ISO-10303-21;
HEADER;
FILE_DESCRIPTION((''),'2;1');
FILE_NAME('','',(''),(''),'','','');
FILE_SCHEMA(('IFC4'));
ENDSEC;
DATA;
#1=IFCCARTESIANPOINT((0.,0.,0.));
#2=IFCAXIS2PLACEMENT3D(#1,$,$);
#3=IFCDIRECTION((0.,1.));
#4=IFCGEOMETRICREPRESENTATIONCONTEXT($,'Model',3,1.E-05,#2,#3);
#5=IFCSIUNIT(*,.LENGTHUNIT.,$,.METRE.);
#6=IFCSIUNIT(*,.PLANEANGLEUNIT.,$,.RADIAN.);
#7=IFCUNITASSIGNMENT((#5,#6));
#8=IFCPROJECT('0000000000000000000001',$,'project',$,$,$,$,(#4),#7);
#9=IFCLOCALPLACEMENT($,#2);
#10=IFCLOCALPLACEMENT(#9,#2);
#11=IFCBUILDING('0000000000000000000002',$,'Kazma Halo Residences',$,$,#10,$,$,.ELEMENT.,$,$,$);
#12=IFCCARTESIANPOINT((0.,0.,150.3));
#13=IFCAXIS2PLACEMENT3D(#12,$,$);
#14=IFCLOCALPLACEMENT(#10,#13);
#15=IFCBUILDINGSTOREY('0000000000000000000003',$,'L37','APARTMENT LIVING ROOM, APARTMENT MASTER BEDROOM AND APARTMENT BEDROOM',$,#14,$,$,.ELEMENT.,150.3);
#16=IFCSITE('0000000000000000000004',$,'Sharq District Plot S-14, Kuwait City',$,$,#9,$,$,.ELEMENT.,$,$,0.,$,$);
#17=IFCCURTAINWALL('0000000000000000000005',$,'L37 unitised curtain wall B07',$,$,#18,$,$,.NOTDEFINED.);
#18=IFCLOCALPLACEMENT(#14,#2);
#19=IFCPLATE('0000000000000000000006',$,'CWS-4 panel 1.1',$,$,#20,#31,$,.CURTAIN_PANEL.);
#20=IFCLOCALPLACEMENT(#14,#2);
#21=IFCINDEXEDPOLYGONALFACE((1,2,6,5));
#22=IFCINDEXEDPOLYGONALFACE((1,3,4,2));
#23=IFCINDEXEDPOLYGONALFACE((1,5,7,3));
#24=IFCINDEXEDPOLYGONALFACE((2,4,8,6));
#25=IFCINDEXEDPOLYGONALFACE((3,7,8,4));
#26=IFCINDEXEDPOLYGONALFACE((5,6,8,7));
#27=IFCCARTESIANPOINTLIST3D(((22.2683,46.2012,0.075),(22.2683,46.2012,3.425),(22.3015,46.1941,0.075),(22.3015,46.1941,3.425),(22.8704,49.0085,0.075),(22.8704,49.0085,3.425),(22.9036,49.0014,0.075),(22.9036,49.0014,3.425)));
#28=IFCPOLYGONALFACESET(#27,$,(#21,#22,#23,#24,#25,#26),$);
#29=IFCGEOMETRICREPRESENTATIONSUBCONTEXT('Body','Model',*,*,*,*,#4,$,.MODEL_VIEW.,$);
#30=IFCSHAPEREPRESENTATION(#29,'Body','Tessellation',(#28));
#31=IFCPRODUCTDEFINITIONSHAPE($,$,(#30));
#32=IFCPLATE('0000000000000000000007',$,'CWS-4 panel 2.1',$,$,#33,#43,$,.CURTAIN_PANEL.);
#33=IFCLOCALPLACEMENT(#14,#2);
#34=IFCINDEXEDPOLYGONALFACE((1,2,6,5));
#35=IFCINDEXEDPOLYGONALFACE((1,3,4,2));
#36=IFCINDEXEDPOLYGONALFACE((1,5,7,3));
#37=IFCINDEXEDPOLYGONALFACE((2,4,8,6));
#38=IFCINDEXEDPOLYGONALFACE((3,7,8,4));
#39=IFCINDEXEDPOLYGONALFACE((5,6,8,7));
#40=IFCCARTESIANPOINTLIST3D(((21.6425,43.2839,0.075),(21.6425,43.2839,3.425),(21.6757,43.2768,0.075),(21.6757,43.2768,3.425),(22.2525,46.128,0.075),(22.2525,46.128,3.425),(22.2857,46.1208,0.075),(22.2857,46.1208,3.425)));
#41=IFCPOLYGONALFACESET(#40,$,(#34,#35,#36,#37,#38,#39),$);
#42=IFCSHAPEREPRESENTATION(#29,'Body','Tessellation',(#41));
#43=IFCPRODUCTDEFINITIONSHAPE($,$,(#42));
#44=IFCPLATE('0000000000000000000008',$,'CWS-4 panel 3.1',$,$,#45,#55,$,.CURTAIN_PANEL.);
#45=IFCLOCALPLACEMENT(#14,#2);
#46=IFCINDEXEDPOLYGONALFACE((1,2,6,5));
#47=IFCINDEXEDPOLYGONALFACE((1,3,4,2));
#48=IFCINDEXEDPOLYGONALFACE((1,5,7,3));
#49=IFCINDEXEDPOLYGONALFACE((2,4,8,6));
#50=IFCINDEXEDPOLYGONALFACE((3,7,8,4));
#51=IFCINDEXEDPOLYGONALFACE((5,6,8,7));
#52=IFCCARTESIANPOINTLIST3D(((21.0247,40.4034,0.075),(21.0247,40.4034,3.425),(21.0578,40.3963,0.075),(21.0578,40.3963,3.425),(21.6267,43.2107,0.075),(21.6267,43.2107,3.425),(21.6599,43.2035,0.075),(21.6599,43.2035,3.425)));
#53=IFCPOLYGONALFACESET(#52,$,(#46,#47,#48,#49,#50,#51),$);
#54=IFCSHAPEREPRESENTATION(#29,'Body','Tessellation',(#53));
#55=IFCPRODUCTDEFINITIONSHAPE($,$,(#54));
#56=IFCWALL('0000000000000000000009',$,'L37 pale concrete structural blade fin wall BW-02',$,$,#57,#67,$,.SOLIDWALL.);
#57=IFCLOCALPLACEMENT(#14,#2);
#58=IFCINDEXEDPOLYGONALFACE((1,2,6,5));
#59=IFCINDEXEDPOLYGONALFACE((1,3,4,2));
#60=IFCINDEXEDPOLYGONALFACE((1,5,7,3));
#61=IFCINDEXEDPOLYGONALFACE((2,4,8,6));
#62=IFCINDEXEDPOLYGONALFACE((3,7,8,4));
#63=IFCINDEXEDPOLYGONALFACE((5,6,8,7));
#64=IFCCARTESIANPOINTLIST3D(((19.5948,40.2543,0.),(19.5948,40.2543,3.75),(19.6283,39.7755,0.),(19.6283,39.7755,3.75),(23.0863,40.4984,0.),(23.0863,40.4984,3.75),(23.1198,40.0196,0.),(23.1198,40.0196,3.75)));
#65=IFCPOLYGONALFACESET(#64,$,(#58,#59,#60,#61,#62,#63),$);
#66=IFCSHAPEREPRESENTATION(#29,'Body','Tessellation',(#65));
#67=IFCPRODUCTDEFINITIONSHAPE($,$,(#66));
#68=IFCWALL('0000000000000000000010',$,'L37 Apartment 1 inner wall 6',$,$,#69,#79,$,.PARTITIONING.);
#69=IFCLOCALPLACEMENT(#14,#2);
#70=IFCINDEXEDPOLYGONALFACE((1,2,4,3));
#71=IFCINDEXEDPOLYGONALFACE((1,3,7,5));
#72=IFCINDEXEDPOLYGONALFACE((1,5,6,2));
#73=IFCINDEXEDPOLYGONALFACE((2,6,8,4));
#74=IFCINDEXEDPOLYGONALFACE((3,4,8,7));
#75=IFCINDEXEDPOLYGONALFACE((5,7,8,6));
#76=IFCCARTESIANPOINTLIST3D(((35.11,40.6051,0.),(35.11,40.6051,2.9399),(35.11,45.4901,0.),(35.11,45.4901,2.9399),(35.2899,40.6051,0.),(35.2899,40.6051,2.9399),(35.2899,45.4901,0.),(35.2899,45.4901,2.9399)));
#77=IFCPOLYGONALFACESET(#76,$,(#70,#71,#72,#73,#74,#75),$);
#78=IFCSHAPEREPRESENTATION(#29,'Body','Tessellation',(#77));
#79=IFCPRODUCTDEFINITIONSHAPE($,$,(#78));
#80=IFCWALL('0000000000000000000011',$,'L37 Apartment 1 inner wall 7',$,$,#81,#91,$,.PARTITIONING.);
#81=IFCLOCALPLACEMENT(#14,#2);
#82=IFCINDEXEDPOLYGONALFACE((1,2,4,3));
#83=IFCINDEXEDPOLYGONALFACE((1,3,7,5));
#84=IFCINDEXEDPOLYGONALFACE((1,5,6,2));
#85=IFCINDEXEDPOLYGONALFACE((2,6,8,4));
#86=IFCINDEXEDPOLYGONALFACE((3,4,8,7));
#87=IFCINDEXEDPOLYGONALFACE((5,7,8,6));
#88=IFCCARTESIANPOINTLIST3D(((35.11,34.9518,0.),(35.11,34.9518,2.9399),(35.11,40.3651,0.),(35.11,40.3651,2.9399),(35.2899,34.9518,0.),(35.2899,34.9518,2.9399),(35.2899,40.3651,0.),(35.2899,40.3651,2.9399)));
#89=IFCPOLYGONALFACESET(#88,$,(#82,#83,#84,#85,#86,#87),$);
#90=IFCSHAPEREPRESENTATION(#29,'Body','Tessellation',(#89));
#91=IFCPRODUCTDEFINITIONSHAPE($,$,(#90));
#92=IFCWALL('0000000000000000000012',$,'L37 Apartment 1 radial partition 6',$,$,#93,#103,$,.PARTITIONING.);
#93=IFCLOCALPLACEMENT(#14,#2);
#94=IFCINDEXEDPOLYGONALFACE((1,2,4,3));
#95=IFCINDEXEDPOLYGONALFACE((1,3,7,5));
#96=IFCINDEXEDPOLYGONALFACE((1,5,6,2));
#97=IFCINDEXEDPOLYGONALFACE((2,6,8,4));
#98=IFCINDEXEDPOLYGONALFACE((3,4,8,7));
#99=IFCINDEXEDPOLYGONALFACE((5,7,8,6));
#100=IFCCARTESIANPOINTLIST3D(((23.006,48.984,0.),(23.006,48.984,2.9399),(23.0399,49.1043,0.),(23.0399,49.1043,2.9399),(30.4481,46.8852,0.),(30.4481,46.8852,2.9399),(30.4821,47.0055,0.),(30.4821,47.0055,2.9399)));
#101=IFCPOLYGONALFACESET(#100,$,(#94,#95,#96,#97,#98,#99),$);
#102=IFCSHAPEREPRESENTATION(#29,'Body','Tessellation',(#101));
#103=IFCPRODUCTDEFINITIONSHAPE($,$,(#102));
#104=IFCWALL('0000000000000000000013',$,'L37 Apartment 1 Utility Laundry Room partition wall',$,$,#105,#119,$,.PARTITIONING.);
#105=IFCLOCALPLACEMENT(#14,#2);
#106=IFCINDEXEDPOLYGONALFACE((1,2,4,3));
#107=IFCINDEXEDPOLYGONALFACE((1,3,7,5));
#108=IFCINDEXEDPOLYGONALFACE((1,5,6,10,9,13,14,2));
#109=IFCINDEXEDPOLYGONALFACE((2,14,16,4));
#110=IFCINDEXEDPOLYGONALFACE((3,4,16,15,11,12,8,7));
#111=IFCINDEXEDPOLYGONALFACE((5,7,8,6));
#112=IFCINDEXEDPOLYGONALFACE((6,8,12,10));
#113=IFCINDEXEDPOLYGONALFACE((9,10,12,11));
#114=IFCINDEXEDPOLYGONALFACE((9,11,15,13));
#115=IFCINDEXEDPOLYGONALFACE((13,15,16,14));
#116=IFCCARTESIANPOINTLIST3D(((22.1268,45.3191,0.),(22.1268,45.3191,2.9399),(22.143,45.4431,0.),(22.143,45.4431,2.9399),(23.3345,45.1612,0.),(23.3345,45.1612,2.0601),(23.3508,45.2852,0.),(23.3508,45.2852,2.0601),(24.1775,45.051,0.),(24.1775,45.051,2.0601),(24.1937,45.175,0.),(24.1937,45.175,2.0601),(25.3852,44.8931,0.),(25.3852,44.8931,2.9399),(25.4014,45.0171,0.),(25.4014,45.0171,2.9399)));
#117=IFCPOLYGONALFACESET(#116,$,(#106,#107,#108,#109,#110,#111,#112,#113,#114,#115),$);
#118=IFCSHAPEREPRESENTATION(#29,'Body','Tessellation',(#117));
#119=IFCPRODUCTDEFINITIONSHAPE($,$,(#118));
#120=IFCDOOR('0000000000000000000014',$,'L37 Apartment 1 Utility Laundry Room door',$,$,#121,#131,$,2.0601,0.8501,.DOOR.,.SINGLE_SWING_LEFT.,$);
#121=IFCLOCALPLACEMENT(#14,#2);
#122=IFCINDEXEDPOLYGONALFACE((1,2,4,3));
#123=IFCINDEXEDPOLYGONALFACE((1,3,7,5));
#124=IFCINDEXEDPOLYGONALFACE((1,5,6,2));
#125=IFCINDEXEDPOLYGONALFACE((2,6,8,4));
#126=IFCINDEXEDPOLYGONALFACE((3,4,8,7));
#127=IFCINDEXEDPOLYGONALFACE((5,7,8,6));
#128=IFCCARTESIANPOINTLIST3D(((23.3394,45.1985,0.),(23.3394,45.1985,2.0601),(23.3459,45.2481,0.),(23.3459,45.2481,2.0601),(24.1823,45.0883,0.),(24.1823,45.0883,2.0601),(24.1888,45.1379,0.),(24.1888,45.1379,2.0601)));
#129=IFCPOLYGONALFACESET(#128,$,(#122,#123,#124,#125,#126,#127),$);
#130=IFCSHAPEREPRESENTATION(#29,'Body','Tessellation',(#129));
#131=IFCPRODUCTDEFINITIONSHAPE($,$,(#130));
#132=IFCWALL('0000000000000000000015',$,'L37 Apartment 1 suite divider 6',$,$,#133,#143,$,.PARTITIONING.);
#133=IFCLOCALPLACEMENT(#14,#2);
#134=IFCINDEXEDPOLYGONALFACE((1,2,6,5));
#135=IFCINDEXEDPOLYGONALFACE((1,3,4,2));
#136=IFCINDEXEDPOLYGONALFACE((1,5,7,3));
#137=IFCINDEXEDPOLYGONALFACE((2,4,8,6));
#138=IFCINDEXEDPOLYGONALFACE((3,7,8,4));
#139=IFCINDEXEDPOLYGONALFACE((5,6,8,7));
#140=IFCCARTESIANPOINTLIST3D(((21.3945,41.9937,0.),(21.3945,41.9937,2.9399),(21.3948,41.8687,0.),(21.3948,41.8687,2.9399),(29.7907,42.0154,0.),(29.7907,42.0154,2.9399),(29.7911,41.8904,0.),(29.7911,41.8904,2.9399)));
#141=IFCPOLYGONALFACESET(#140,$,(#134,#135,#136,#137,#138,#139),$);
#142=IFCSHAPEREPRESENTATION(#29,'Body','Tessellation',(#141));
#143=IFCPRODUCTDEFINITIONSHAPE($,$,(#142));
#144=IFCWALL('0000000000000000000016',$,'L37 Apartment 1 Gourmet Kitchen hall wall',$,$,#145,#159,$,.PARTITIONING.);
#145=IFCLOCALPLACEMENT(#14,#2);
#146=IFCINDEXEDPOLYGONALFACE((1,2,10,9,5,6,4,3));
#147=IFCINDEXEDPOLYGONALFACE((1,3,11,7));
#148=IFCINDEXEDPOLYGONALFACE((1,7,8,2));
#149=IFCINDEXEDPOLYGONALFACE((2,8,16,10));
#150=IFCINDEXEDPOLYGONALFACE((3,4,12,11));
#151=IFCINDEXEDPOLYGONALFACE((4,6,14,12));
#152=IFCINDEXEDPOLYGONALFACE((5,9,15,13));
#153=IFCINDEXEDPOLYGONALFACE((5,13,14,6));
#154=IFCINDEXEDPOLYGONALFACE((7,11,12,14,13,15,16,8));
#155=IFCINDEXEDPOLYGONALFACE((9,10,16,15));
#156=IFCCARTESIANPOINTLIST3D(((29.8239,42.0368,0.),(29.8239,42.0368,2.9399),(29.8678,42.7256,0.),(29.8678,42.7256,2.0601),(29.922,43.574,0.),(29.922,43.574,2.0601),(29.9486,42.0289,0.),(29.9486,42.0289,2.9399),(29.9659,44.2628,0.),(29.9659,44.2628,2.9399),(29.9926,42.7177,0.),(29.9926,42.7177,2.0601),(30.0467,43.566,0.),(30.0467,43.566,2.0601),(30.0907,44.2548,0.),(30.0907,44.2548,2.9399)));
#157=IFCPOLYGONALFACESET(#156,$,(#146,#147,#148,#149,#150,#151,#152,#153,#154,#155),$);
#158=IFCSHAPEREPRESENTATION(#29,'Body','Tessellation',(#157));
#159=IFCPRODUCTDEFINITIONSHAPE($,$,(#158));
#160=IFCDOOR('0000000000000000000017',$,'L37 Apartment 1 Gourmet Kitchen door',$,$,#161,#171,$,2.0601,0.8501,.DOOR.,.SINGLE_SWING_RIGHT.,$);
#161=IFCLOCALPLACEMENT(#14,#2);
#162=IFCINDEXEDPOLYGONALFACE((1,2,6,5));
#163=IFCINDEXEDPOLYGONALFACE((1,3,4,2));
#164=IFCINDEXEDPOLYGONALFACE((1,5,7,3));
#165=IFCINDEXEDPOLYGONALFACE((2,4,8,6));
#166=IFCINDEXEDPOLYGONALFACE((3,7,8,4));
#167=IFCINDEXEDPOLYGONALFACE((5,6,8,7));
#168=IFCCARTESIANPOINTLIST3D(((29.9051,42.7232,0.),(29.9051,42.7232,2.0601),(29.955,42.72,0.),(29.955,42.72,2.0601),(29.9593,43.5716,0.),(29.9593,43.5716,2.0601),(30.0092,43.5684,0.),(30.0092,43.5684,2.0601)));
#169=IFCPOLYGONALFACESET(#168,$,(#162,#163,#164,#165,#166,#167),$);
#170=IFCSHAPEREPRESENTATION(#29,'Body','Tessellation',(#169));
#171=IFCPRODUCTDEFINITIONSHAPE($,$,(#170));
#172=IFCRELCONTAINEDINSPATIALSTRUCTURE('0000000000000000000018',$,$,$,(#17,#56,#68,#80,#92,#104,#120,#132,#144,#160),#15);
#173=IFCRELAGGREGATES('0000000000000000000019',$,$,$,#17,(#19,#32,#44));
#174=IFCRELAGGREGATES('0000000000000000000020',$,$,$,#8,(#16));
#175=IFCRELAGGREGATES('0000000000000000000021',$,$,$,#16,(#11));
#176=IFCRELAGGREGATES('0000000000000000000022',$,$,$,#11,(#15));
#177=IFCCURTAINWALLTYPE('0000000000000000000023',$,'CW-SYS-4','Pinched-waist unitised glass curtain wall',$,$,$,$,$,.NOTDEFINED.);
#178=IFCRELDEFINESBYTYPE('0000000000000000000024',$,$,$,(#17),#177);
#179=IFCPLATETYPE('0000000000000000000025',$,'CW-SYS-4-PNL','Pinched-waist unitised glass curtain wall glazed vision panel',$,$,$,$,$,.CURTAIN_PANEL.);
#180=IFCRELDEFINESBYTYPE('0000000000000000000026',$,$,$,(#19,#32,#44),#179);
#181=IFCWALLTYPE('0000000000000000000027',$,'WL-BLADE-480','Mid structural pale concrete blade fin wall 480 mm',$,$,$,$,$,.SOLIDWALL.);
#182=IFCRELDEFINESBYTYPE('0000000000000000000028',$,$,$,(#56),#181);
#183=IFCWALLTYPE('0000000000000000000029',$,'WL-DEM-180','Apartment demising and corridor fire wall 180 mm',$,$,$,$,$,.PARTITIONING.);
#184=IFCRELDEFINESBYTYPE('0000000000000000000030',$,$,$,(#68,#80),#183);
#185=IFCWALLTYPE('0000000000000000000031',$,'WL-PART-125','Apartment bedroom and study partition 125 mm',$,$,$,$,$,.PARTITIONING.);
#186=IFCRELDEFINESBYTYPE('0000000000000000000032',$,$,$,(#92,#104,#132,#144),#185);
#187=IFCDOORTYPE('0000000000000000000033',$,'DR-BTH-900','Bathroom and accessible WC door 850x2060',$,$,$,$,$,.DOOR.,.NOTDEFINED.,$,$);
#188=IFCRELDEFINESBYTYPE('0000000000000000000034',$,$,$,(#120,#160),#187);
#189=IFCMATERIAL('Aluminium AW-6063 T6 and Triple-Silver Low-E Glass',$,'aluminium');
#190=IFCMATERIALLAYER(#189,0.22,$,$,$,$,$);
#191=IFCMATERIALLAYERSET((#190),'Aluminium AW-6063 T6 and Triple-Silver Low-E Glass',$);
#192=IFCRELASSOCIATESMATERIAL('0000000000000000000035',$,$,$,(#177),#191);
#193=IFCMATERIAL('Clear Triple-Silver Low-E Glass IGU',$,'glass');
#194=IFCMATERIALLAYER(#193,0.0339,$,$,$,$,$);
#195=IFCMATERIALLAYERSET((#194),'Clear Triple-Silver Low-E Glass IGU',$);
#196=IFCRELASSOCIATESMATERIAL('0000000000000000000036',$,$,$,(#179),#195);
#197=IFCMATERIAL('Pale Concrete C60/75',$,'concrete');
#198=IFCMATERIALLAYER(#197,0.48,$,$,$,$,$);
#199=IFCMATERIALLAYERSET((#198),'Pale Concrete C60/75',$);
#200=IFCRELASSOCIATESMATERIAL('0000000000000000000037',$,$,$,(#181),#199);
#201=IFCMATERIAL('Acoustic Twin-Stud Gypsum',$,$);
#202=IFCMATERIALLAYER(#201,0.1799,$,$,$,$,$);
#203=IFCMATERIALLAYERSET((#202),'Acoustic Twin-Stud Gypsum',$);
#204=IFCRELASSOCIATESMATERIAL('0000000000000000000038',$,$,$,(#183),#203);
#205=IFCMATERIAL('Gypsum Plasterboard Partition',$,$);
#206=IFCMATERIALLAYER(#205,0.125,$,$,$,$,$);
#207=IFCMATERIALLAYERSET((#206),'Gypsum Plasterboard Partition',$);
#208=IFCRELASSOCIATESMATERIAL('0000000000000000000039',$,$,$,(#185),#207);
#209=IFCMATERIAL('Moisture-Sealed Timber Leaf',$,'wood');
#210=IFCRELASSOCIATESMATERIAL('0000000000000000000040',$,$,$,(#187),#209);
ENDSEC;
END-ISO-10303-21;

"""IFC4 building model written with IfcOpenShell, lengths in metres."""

from ifc_helpers import new_model, si_unit, direction, frame, frame_2d, origin, origin_2d, place, context, subcontext, project, spatial, rectangle, extrude, material, layer, layer_set, type_object, element, fill, aggregate, save


model = new_model("IFC4")

# Units and contexts
model_context = context("Model", 3, precision=1e-05, world=origin(), true_north=direction((0.0, 1.0)))
body_context = subcontext(model_context, "Body", "Model", "MODEL_VIEW")
ifc_project = project(units=[si_unit("LENGTHUNIT", "METRE"), si_unit("PLANEANGLEUNIT", "RADIAN")], contexts=[model_context])

# Site, building, storey
site_placement = place(None, origin())
site = spatial("IfcSite", under=ifc_project, at=site_placement, Name="Sharq District Plot S-14, Kuwait City", CompositionType="ELEMENT", RefElevation=0.0)
building_placement = place(site_placement, origin())
building = spatial("IfcBuilding", under=site, at=building_placement, Name="Kazma Halo Residences", CompositionType="ELEMENT")
storey_placement = place(building_placement, frame((0.0, 0.0, 150.3)))
storey = spatial("IfcBuildingStorey", under=building, at=storey_placement, Name="L37", Description="APARTMENT LIVING ROOM, APARTMENT MASTER BEDROOM AND APARTMENT BEDROOM", CompositionType="ELEMENT", Elevation=150.3)

# Curtain wall, plates
ifc_material_1 = material(Name="Aluminium AW-6063 T6 and Triple-Silver Low-E Glass", Category="aluminium")
ifc_layer_1 = layer(ifc_material_1, 0.22)
ifc_layer_set_1 = layer_set([ifc_layer_1], Name="Aluminium AW-6063 T6 and Triple-Silver Low-E Glass")
curtain_wall_type = type_object("IfcCurtainWallType", Name="CW-SYS-4", Description="Pinched-waist unitised glass curtain wall", PredefinedType="NOTDEFINED", material=ifc_layer_set_1)
curtain_wall_placement = place(storey_placement, origin())
curtain_wall = element("IfcCurtainWall", 1, at=curtain_wall_placement, inside=storey, type_object=curtain_wall_type, Name="L37 unitised curtain wall B07", PredefinedType="NOTDEFINED")
ifc_material_2 = material(Name="Clear Triple-Silver Low-E Glass IGU", Category="glass")
ifc_layer_2 = layer(ifc_material_2, 0.0339)
ifc_layer_set_2 = layer_set([ifc_layer_2], Name="Clear Triple-Silver Low-E Glass IGU")
plate_type = type_object("IfcPlateType", Name="CW-SYS-4-PNL", Description="Pinched-waist unitised glass curtain wall glazed vision panel", PredefinedType="CURTAIN_PANEL", material=ifc_layer_set_2)
plate_1_placement = place(storey_placement, frame((22.5859, 47.6013, 0.075), z_axis=(0.0, 0.0, 1.0), x_axis=(-0.209704, -0.977765, 0.0)))
plate_1 = element("IfcPlate", 2, at=plate_1_placement, type_object=plate_type, Name="CWS-4 panel 1.1", PredefinedType="CURTAIN_PANEL", context=body_context, shape_type="SweptSolid", body=[
    extrude(rectangle(XDim=2.8711, YDim=0.0339, at=origin_2d()), origin(), (0.0, 0.0, 1.0), 3.3501),
])
plate_2_placement = place(storey_placement, frame((21.9641, 44.7024, 0.075), z_axis=(0.0, 0.0, 1.0), x_axis=(-0.209704, -0.977765, 0.0)))
plate_2 = element("IfcPlate", 3, at=plate_2_placement, type_object=plate_type, Name="CWS-4 panel 2.1", PredefinedType="CURTAIN_PANEL", context=body_context, shape_type="SweptSolid", body=[
    extrude(rectangle(XDim=2.9087, YDim=0.0339, at=origin_2d()), origin(), (0.0, 0.0, 1.0), 3.3501),
])
plate_3_placement = place(storey_placement, frame((21.3423, 41.8035, 0.075), z_axis=(0.0, 0.0, 1.0), x_axis=(-0.209704, -0.977765, 0.0)))
plate_3 = element("IfcPlate", 4, at=plate_3_placement, type_object=plate_type, Name="CWS-4 panel 3.1", PredefinedType="CURTAIN_PANEL", context=body_context, shape_type="SweptSolid", body=[
    extrude(rectangle(XDim=2.8711, YDim=0.0339, at=origin_2d()), origin(), (0.0, 0.0, 1.0), 3.3501),
])
aggregate(curtain_wall, [plate_1, plate_2, plate_3])

# Walls
ifc_material_3 = material(Name="Pale Concrete C60/75", Category="concrete")
ifc_layer_3 = layer(ifc_material_3, 0.48)
ifc_layer_set_3 = layer_set([ifc_layer_3], Name="Pale Concrete C60/75")
wall_type_1 = type_object("IfcWallType", Name="WL-BLADE-480", Description="Mid structural pale concrete blade fin wall 480 mm", PredefinedType="SOLIDWALL", material=ifc_layer_set_3)
wall_1_placement = place(storey_placement, frame((23.103, 40.259, 0.0), z_axis=(0.0, 0.0, 1.0), x_axis=(-0.997564, -0.069755, 0.0)))
element("IfcWall", 5, at=wall_1_placement, inside=storey, type_object=wall_type_1, Name="L37 pale concrete structural blade fin wall BW-02", PredefinedType="SOLIDWALL", context=body_context, shape_type="SweptSolid", body=[
    extrude(rectangle(XDim=3.5, YDim=0.48, at=frame_2d((1.75, 0.0))), origin(), (0.0, 0.0, 1.0), 3.75),
])
ifc_material_4 = material(Name="Acoustic Twin-Stud Gypsum")
ifc_layer_4 = layer(ifc_material_4, 0.1799)
ifc_layer_set_4 = layer_set([ifc_layer_4], Name="Acoustic Twin-Stud Gypsum")
wall_type_2 = type_object("IfcWallType", Name="WL-DEM-180", Description="Apartment demising and corridor fire wall 180 mm", PredefinedType="PARTITIONING", material=ifc_layer_set_4)
wall_2_placement = place(storey_placement, frame((35.2, 45.49, 0.0), z_axis=(0.0, 0.0, 1.0), x_axis=(0.0, -1.0, 0.0)))
element("IfcWall", 6, at=wall_2_placement, inside=storey, type_object=wall_type_2, Name="L37 Apartment 1 inner wall 6", PredefinedType="PARTITIONING", context=body_context, shape_type="SweptSolid", body=[
    extrude(rectangle(XDim=4.885, YDim=0.1799, at=frame_2d((2.4424, 0.0))), origin(), (0.0, 0.0, 1.0), 2.9399),
])
wall_3_placement = place(storey_placement, frame((35.2, 40.365, 0.0), z_axis=(0.0, 0.0, 1.0), x_axis=(0.0, -1.0, 0.0)))
element("IfcWall", 7, at=wall_3_placement, inside=storey, type_object=wall_type_2, Name="L37 Apartment 1 inner wall 7", PredefinedType="PARTITIONING", context=body_context, shape_type="SweptSolid", body=[
    extrude(rectangle(XDim=5.4133, YDim=0.1799, at=frame_2d((2.7065, 0.0))), origin(), (0.0, 0.0, 1.0), 2.9399),
])
ifc_material_5 = material(Name="Gypsum Plasterboard Partition")
ifc_layer_5 = layer(ifc_material_5, 0.125)
ifc_layer_set_5 = layer_set([ifc_layer_5], Name="Gypsum Plasterboard Partition")
wall_type_3 = type_object("IfcWallType", Name="WL-PART-125", Description="Apartment bedroom and study partition 125 mm", PredefinedType="PARTITIONING", material=ifc_layer_set_5)
wall_4_placement = place(storey_placement, frame((30.4651, 46.9453, 0.0), z_axis=(0.0, 0.0, 1.0), x_axis=(-0.962456, 0.271438, 0.0)))
element("IfcWall", 8, at=wall_4_placement, inside=storey, type_object=wall_type_3, Name="L37 Apartment 1 radial partition 6", PredefinedType="PARTITIONING", context=body_context, shape_type="SweptSolid", body=[
    extrude(rectangle(XDim=7.7324, YDim=0.125, at=frame_2d((3.8662, 0.0))), origin(), (0.0, 0.0, 1.0), 2.9399),
])

# Wall, opening, door
wall_5_placement = place(storey_placement, frame((25.3933, 44.9551, 0.0), z_axis=(0.0, 0.0, 1.0), x_axis=(-0.99156, 0.129647, 0.0)))
wall_5 = element("IfcWall", 9, at=wall_5_placement, inside=storey, type_object=wall_type_3, Name="L37 Apartment 1 Utility Laundry Room partition wall", PredefinedType="PARTITIONING", context=body_context, shape_type="SweptSolid", body=[
    extrude(rectangle(XDim=3.2861, YDim=0.125, at=frame_2d((1.6431, 0.0))), origin(), (0.0, 0.0, 1.0), 2.9399),
])
opening_1_placement = place(wall_5_placement, frame((1.218, 0.0, 0.0)))
opening_1 = element("IfcOpeningElement", 10, at=opening_1_placement, cuts=wall_5, PredefinedType="OPENING", context=body_context, shape_type="SweptSolid", body=[
    extrude(rectangle(XDim=0.8501, YDim=2.0601, at=frame_2d((0.425, 1.03))), frame((0.0, 0.0725, 0.0), z_axis=(0.0, -1.0, 0.0), x_axis=(1.0, 0.0, 0.0)), (0.0, 0.0, 1.0), 0.145),
])
ifc_material_6 = material(Name="Moisture-Sealed Timber Leaf", Category="wood")
door_type = type_object("IfcDoorType", Name="DR-BTH-900", Description="Bathroom and accessible WC door 850x2060", OperationType="NOTDEFINED", PredefinedType="DOOR", material=ifc_material_6)
door_1_placement = place(opening_1_placement, origin())
door_1 = element("IfcDoor", 11, at=door_1_placement, inside=storey, type_object=door_type, Name="L37 Apartment 1 Utility Laundry Room door", OperationType="SINGLE_SWING_LEFT", OverallHeight=2.0601, OverallWidth=0.8501, PredefinedType="DOOR", context=body_context, shape_type="SweptSolid", body=[
    extrude(rectangle(XDim=0.8501, YDim=2.0601, at=frame_2d((0.425, 1.03))), frame((0.0, 0.0249, 0.0), z_axis=(0.0, -1.0, 0.0), x_axis=(1.0, 0.0, 0.0)), (0.0, 0.0, 1.0), 0.05),
])
fill(opening_1, door_1)

# Wall
wall_6_placement = place(storey_placement, frame((29.791, 41.9529, 0.0), z_axis=(0.0, 0.0, 1.0), x_axis=(-0.999997, -0.002588, 0.0)))
element("IfcWall", 12, at=wall_6_placement, inside=storey, type_object=wall_type_3, Name="L37 Apartment 1 suite divider 6", PredefinedType="PARTITIONING", context=body_context, shape_type="SweptSolid", body=[
    extrude(rectangle(XDim=8.3962, YDim=0.125, at=frame_2d((4.1982, 0.0))), origin(), (0.0, 0.0, 1.0), 2.9399),
])

# Wall, opening, door
wall_7_placement = place(storey_placement, frame((30.0283, 44.2588, 0.0), z_axis=(0.0, 0.0, 1.0), x_axis=(-0.063707, -0.997969, 0.0)))
wall_7 = element("IfcWall", 13, at=wall_7_placement, inside=storey, type_object=wall_type_3, Name="L37 Apartment 1 Gourmet Kitchen hall wall", PredefinedType="PARTITIONING", context=body_context, shape_type="SweptSolid", body=[
    extrude(rectangle(XDim=2.2305, YDim=0.125, at=frame_2d((1.1152, 0.0))), origin(), (0.0, 0.0, 1.0), 2.9399),
])
opening_2_placement = place(wall_7_placement, frame((0.6902, 0.0, 0.0)))
opening_2 = element("IfcOpeningElement", 14, at=opening_2_placement, cuts=wall_7, PredefinedType="OPENING", context=body_context, shape_type="SweptSolid", body=[
    extrude(rectangle(XDim=0.8501, YDim=2.0601, at=frame_2d((0.425, 1.03))), frame((0.0, 0.0725, 0.0), z_axis=(0.0, -1.0, 0.0), x_axis=(1.0, 0.0, 0.0)), (0.0, 0.0, 1.0), 0.145),
])
door_2_placement = place(opening_2_placement, origin())
door_2 = element("IfcDoor", 15, at=door_2_placement, inside=storey, type_object=door_type, Name="L37 Apartment 1 Gourmet Kitchen door", OperationType="SINGLE_SWING_RIGHT", OverallHeight=2.0601, OverallWidth=0.8501, PredefinedType="DOOR", context=body_context, shape_type="SweptSolid", body=[
    extrude(rectangle(XDim=0.8501, YDim=2.0601, at=frame_2d((0.425, 1.03))), frame((0.0, 0.0249, 0.0), z_axis=(0.0, -1.0, 0.0), x_axis=(1.0, 0.0, 0.0)), (0.0, 0.0, 1.0), 0.05),
])
fill(opening_2, door_2)

save(model, "model.ifc")
